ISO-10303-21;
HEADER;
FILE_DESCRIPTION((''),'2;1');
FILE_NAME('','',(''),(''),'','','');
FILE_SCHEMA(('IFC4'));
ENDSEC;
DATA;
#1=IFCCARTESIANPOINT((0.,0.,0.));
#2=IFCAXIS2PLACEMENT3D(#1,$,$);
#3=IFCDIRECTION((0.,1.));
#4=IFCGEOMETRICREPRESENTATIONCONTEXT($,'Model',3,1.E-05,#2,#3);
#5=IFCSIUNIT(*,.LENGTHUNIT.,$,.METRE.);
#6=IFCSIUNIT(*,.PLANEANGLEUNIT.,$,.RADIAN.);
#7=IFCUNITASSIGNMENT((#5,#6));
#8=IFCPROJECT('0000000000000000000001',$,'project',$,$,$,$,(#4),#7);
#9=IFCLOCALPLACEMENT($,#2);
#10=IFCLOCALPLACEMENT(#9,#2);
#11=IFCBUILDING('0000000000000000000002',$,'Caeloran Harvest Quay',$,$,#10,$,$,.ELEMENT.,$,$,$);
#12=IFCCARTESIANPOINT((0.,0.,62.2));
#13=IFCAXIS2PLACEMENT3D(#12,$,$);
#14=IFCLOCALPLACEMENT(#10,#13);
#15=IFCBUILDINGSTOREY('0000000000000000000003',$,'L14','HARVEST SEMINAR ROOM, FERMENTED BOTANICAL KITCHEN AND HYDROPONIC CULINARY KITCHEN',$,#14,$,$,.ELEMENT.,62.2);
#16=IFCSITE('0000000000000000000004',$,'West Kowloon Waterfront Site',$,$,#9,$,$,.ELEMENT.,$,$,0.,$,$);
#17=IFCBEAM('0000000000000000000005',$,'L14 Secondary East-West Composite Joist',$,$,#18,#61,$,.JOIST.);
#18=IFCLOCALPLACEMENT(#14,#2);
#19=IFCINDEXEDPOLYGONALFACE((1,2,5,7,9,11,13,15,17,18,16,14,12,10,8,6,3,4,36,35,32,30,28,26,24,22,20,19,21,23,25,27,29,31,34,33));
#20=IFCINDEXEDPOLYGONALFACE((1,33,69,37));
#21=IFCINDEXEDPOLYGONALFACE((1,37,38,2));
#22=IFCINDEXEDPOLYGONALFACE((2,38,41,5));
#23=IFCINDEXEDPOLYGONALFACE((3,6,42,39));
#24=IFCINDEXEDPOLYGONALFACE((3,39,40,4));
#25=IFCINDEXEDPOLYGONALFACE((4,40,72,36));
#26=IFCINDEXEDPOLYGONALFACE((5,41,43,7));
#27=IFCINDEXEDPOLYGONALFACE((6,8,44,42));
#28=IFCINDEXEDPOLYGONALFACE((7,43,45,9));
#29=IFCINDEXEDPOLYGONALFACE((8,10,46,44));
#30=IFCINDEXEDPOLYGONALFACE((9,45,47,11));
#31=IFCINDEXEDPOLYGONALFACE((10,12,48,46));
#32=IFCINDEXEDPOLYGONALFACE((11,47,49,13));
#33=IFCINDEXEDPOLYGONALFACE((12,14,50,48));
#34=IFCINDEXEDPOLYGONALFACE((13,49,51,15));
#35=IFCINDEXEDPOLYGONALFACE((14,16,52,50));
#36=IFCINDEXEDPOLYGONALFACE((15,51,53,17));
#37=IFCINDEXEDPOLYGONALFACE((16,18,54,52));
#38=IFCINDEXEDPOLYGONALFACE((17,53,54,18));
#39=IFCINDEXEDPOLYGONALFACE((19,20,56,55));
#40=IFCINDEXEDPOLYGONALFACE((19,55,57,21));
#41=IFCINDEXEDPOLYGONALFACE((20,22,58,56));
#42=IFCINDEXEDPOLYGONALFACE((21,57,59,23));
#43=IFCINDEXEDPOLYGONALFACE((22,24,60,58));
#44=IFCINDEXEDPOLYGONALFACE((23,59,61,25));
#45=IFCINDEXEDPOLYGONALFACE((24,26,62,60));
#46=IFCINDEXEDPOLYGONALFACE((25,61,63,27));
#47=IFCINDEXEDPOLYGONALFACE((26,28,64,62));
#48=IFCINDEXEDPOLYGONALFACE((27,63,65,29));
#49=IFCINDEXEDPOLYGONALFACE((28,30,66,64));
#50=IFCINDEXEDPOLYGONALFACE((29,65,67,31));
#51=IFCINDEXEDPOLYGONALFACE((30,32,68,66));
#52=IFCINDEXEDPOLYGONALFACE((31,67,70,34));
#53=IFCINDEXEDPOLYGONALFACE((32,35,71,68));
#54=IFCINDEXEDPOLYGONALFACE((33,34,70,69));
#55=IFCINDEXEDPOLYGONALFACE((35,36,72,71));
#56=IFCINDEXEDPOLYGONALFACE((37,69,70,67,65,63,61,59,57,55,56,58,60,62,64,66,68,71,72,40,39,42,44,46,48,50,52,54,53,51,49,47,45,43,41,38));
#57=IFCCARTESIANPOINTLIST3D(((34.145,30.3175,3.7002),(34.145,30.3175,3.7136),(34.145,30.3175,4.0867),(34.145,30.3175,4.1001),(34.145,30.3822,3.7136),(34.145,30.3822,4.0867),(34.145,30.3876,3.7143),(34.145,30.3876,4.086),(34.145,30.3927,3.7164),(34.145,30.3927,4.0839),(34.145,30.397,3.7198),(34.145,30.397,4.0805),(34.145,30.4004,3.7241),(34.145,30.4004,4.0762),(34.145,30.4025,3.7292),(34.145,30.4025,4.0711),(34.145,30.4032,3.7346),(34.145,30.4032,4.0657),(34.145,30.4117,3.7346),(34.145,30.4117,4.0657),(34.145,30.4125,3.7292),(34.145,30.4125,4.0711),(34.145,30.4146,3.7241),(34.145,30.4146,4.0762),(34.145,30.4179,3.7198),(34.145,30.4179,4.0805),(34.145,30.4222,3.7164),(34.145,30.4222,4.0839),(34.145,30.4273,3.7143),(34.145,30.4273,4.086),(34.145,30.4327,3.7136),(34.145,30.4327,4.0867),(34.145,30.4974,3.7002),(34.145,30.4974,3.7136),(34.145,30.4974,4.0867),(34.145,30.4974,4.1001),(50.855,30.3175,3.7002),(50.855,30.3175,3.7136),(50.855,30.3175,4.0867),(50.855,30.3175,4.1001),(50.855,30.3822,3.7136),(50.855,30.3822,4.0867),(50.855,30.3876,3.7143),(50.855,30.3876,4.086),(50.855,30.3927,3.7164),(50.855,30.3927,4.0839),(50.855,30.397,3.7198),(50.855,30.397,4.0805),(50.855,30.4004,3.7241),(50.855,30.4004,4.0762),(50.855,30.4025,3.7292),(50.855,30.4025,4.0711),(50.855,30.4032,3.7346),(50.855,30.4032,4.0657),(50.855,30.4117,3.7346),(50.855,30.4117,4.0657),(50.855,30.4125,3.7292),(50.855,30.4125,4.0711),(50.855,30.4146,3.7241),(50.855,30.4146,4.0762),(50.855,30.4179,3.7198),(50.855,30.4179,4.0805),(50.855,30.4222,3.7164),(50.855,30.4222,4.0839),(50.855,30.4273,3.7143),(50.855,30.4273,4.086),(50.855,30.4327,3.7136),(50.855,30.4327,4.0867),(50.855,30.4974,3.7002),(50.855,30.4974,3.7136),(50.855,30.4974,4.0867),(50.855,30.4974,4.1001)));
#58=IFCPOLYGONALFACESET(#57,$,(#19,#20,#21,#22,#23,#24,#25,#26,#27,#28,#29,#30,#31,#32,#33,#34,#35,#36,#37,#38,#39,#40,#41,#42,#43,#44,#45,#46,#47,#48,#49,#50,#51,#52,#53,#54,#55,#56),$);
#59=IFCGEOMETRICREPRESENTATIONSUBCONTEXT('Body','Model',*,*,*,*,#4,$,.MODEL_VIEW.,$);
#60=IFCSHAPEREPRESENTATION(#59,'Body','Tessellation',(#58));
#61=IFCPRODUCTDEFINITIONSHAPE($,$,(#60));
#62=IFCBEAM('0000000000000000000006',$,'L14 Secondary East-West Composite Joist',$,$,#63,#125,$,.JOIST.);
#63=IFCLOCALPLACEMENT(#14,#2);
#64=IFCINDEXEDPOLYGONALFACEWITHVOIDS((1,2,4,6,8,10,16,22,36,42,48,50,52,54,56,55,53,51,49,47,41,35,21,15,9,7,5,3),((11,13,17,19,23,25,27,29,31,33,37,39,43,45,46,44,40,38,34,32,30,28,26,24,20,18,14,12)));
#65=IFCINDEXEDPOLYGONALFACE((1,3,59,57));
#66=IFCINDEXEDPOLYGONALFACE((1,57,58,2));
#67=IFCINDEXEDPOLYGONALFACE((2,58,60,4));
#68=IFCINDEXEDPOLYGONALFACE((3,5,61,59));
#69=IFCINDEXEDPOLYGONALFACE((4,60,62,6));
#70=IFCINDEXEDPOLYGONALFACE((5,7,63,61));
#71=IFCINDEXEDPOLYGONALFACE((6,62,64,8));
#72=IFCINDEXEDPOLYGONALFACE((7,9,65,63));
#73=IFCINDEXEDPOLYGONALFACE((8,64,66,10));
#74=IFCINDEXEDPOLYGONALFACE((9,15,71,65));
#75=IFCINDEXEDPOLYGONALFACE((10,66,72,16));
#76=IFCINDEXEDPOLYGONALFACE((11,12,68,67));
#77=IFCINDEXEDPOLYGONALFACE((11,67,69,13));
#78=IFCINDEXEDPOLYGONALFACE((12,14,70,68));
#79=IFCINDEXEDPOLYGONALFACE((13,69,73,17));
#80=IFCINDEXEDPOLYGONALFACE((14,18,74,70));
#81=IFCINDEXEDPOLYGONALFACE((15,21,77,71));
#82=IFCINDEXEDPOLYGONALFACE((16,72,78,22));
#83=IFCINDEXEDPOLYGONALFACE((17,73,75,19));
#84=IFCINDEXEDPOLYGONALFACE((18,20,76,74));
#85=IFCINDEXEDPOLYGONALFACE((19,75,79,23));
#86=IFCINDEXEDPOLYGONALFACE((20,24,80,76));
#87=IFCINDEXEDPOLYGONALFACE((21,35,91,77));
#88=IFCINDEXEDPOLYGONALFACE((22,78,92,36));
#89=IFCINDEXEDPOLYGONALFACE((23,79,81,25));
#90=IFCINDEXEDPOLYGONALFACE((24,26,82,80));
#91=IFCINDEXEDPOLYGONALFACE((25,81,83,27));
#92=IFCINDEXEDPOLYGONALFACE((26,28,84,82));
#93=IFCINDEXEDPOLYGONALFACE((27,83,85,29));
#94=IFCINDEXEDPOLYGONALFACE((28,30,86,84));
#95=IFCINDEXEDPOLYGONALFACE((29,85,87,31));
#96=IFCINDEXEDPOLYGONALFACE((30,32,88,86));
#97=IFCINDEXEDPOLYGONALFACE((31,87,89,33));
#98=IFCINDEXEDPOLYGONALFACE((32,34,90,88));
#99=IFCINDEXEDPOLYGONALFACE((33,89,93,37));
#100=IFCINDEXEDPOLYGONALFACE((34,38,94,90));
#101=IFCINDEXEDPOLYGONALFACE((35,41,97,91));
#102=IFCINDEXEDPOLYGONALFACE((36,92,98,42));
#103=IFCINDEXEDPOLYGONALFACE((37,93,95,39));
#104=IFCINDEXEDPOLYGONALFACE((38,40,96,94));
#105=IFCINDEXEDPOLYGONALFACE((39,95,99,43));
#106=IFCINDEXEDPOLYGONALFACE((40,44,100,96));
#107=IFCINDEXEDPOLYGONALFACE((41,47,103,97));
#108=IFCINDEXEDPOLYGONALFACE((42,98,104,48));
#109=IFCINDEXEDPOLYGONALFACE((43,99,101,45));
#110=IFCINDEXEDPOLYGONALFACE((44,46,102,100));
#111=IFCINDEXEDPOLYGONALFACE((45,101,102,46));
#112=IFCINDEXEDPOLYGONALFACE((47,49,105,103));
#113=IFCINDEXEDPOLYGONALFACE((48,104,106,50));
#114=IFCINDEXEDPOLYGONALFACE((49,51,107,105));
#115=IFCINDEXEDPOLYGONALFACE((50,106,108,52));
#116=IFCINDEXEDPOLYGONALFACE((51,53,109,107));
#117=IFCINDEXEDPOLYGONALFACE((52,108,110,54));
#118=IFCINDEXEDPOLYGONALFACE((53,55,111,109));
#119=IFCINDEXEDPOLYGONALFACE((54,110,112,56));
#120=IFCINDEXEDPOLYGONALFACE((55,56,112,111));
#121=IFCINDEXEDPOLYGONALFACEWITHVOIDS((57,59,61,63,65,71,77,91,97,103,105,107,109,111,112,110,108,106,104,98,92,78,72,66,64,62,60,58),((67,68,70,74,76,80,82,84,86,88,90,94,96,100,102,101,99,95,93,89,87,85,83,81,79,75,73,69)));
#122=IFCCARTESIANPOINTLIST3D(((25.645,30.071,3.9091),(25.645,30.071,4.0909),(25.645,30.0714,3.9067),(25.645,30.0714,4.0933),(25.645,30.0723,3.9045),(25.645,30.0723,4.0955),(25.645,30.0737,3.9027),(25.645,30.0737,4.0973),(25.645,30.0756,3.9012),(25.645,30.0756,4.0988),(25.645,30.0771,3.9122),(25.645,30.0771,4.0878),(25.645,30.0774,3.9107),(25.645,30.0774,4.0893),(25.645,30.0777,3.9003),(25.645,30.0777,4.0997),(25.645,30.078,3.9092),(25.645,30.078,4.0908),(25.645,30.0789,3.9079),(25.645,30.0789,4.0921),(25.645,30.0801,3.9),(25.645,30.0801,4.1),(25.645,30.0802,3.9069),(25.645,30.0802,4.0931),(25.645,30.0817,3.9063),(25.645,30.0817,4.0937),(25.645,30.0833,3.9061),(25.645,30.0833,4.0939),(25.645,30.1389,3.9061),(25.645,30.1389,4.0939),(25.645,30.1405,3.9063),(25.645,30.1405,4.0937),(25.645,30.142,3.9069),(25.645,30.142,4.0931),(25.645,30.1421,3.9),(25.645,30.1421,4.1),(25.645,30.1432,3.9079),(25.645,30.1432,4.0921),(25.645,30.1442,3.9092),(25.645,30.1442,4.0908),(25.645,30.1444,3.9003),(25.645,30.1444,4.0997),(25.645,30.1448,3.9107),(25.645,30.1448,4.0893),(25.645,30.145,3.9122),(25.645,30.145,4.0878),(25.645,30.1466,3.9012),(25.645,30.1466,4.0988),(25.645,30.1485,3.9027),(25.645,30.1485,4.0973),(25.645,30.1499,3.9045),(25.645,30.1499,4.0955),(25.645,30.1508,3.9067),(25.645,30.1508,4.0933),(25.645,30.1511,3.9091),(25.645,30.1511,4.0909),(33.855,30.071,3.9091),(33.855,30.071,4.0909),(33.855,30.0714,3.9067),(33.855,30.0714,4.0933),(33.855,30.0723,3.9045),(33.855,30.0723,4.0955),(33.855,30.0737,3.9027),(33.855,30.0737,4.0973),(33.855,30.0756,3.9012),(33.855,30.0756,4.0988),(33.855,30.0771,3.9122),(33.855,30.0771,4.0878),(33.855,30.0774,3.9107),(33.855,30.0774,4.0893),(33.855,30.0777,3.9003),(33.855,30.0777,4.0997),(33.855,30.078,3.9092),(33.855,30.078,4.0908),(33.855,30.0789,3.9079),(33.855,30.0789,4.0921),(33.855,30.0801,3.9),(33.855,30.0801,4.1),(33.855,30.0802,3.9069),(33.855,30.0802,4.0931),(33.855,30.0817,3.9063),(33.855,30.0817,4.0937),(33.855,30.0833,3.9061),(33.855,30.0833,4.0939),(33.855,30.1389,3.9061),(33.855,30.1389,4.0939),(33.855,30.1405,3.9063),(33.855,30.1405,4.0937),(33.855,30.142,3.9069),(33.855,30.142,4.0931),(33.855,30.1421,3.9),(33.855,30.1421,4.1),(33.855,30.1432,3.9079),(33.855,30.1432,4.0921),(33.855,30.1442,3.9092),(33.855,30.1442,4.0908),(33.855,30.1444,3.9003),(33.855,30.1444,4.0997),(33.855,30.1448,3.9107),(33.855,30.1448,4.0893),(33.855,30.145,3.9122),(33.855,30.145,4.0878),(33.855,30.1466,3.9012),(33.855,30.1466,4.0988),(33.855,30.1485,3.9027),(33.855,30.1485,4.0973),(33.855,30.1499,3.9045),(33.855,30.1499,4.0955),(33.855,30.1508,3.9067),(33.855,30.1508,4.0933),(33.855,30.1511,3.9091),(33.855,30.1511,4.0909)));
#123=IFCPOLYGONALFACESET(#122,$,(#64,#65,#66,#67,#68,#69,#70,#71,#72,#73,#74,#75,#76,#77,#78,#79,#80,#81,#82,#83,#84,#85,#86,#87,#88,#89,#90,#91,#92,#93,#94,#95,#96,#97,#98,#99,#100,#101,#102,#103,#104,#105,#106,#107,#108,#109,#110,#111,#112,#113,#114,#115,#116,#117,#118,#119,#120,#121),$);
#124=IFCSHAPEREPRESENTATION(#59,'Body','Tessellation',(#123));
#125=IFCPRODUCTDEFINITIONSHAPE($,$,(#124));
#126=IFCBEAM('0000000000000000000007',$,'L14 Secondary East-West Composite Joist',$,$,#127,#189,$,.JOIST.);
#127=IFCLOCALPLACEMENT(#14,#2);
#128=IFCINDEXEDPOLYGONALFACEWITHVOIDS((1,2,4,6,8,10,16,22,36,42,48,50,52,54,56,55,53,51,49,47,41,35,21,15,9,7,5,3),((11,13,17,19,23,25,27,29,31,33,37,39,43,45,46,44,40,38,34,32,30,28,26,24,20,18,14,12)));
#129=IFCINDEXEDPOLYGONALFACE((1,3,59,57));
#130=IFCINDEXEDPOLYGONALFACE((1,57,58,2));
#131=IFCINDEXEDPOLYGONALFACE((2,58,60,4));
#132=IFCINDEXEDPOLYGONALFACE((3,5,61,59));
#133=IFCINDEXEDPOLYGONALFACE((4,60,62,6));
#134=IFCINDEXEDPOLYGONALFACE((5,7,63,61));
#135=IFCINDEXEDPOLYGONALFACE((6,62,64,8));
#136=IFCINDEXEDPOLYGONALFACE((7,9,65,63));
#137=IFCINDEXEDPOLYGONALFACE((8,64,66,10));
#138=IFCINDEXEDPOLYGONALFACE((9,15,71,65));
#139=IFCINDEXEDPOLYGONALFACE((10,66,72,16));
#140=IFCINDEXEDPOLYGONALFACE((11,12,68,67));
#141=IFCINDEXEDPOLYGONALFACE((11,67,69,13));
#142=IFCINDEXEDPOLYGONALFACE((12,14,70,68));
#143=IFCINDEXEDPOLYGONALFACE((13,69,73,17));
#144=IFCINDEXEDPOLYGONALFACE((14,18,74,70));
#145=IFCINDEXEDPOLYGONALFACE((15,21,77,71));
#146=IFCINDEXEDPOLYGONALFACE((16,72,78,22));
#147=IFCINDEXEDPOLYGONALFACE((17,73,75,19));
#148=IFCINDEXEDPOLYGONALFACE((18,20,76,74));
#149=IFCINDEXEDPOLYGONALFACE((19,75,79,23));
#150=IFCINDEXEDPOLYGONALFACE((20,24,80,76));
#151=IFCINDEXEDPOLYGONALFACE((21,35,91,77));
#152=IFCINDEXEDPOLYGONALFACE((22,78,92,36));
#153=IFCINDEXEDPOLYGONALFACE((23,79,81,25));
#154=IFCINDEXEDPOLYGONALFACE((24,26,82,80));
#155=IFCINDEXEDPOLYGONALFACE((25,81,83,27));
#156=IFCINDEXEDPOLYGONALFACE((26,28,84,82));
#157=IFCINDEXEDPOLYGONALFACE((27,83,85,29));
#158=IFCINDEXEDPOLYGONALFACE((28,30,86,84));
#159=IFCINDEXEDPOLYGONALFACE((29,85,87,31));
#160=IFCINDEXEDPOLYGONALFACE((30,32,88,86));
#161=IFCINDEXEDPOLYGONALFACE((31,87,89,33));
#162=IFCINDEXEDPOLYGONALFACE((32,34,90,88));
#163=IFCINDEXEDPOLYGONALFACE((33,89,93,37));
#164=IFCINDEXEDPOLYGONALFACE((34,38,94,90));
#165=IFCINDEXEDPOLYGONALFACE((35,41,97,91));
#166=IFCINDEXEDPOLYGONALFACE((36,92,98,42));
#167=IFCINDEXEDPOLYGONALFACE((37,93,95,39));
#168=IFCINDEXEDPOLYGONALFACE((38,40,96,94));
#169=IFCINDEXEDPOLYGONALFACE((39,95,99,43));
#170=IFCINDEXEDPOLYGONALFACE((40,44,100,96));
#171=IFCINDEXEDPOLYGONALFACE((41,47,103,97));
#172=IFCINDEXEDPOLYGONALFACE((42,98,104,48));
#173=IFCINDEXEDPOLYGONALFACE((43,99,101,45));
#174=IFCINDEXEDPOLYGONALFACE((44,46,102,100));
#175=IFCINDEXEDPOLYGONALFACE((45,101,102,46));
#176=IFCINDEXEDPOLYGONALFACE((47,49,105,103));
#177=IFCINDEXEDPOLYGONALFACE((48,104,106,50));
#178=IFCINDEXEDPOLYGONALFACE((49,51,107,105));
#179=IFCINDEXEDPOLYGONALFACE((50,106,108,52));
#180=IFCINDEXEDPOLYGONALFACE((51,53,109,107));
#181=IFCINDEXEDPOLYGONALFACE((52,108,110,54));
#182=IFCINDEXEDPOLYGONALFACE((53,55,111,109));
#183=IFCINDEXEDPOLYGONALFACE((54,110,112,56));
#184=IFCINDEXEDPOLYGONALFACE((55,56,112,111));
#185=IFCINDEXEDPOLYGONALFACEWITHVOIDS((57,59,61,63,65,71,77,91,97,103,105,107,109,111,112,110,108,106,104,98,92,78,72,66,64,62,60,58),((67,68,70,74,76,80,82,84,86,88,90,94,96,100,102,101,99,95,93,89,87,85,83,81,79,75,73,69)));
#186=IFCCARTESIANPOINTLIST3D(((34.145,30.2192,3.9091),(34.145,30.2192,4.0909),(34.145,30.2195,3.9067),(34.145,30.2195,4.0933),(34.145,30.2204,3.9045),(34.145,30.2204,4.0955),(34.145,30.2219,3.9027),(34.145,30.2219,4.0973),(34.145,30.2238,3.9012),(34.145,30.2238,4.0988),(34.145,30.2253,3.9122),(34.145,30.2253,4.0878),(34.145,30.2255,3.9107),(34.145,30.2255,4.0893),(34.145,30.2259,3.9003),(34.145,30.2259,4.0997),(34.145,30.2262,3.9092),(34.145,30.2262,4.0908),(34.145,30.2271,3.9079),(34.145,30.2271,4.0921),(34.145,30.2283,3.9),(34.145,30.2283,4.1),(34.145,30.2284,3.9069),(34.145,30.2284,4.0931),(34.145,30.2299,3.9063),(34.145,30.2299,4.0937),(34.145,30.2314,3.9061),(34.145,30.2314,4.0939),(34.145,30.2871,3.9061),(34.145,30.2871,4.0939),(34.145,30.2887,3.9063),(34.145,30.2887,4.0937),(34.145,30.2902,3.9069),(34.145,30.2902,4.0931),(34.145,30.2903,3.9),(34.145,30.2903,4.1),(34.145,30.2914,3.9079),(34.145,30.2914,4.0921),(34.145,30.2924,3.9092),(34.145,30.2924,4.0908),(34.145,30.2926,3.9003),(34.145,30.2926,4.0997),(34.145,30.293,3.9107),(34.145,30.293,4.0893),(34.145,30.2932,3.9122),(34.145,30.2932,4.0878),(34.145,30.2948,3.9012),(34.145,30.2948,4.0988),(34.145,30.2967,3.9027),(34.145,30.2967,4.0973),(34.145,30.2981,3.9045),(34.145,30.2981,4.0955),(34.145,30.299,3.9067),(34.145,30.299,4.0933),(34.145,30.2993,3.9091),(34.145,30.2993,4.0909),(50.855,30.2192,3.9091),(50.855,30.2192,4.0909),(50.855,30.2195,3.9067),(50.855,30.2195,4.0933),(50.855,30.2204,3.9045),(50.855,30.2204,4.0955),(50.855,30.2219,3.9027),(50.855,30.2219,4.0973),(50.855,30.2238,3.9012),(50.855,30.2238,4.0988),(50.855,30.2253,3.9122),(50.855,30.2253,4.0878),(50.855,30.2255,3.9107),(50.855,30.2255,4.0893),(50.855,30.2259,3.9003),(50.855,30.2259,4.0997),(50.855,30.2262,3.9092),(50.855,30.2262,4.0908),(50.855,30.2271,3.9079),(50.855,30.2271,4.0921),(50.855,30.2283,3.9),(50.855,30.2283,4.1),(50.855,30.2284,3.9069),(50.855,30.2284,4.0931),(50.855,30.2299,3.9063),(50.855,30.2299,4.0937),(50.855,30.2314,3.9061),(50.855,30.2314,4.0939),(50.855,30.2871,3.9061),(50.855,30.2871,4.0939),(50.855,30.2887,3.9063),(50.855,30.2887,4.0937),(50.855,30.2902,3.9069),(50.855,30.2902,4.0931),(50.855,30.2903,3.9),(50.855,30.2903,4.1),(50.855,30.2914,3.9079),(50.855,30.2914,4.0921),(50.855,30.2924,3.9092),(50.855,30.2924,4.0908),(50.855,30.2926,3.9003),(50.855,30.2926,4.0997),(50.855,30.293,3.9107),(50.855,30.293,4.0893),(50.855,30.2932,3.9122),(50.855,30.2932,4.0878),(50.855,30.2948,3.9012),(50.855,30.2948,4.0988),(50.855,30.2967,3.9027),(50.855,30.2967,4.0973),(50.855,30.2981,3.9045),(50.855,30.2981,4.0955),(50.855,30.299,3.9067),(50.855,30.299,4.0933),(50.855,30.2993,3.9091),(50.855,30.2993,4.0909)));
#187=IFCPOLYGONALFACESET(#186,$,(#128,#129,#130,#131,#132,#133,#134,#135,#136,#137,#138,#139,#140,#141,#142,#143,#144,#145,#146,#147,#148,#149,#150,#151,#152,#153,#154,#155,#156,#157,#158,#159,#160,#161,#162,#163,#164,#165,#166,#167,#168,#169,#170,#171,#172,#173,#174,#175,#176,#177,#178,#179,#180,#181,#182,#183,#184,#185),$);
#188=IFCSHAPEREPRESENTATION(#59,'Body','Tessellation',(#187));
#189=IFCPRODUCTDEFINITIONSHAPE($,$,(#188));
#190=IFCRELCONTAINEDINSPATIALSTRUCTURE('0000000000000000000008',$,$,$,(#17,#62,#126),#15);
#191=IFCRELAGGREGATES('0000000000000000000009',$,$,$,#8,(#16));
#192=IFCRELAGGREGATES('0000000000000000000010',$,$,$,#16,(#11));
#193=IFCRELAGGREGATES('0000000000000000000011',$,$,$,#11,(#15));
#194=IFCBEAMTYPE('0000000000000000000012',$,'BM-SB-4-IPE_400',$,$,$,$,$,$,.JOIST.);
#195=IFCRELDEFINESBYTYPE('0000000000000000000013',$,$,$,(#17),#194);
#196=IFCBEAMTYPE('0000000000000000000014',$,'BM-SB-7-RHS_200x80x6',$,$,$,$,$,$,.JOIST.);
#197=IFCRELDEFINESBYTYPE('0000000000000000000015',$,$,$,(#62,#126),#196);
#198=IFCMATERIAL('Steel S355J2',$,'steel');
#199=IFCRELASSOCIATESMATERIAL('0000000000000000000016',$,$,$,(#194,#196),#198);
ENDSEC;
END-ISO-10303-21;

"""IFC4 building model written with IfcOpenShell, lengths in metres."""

from ifc_helpers import new_model, si_unit, direction, frame, origin, origin_2d, place, context, subcontext, project, spatial, hollow_rectangle, i_section, extrude, material, material_profile, profile_set, type_object, element, save


model = new_model("IFC4")

# Units and contexts
model_context = context("Model", 3, precision=1e-05, world=origin(), true_north=direction((0.0, 1.0)))
body_context = subcontext(model_context, "Body", "Model", "MODEL_VIEW")
ifc_project = project(units=[si_unit("LENGTHUNIT", "METRE"), si_unit("PLANEANGLEUNIT", "RADIAN")], contexts=[model_context])

# Site, building, storey
site_placement = place(None, origin())
site = spatial("IfcSite", under=ifc_project, at=site_placement, Name="West Kowloon Waterfront Site", CompositionType="ELEMENT", RefElevation=0.0)
building_placement = place(site_placement, origin())
building = spatial("IfcBuilding", under=site, at=building_placement, Name="Caeloran Harvest Quay", CompositionType="ELEMENT")
storey_placement = place(building_placement, frame((0.0, 0.0, 62.2)))
storey = spatial("IfcBuildingStorey", under=building, at=storey_placement, Name="L14", Description="HARVEST SEMINAR ROOM, FERMENTED BOTANICAL KITCHEN AND HYDROPONIC CULINARY KITCHEN", CompositionType="ELEMENT", Elevation=62.2)

# Beams
ifc_material_1 = material(Name="Steel S355J2", Category="steel")
ifc_material_profile_1 = material_profile(ifc_material_1, i_section(OverallWidth=0.1799, OverallDepth=0.3999, WebThickness=0.0085, FlangeThickness=0.0134, FilletRadius=0.021, at=origin_2d()), Name="IPE 400")
ifc_profile_set_1 = profile_set([ifc_material_profile_1], Name="Steel S355J2")
beam_type_1 = type_object("IfcBeamType", Name="BM-SB-4-IPE_400", PredefinedType="JOIST", material=ifc_profile_set_1)
for number, where, z_axis, x_axis, name in (
    (1, (34.145, 30.4075, 3.9001), (1.0, 0.0, 0.0), (0.0, 1.0, 0.0), "L14 Secondary East-West Composite Joist"),
):
    element("IfcBeam", number, at=place(storey_placement, frame(where, z_axis=z_axis, x_axis=x_axis)), inside=storey, type_object=beam_type_1, Name=name, PredefinedType="JOIST", context=body_context, shape_type="SweptSolid", body=[
        extrude(i_section(OverallWidth=0.1799, OverallDepth=0.3999, WebThickness=0.0085, FlangeThickness=0.0134, FilletRadius=0.021, at=origin_2d()), origin(), (0.0, 0.0, 1.0), 16.71),
    ])
ifc_material_profile_2 = material_profile(ifc_material_1, hollow_rectangle(XDim=0.0801, YDim=0.2, WallThickness=0.0061, InnerFilletRadius=0.0061, OuterFilletRadius=0.009, at=origin_2d()), Name="RHS 200x80x6")
ifc_profile_set_2 = profile_set([ifc_material_profile_2], Name="Steel S355J2")
beam_type_2 = type_object("IfcBeamType", Name="BM-SB-7-RHS_200x80x6", PredefinedType="JOIST", material=ifc_profile_set_2)
beam_1_placement = place(storey_placement, frame((25.645, 30.1111, 4.0), z_axis=(1.0, 0.0, 0.0), x_axis=(0.0, 1.0, 0.0)))
element("IfcBeam", 2, at=beam_1_placement, inside=storey, type_object=beam_type_2, Name="L14 Secondary East-West Composite Joist", PredefinedType="JOIST", context=body_context, shape_type="SweptSolid", body=[
    extrude(hollow_rectangle(XDim=0.0801, YDim=0.2, WallThickness=0.0061, InnerFilletRadius=0.0061, OuterFilletRadius=0.009, at=origin_2d()), origin(), (0.0, 0.0, 1.0), 8.21),
])
beam_2_placement = place(storey_placement, frame((34.145, 30.2593, 4.0), z_axis=(1.0, 0.0, 0.0), x_axis=(0.0, 1.0, 0.0)))
element("IfcBeam", 3, at=beam_2_placement, inside=storey, type_object=beam_type_2, Name="L14 Secondary East-West Composite Joist", PredefinedType="JOIST", context=body_context, shape_type="SweptSolid", body=[
    extrude(hollow_rectangle(XDim=0.0801, YDim=0.2, WallThickness=0.0061, InnerFilletRadius=0.0061, OuterFilletRadius=0.009, at=origin_2d()), origin(), (0.0, 0.0, 1.0), 16.71),
])

save(model, "model.ifc")
